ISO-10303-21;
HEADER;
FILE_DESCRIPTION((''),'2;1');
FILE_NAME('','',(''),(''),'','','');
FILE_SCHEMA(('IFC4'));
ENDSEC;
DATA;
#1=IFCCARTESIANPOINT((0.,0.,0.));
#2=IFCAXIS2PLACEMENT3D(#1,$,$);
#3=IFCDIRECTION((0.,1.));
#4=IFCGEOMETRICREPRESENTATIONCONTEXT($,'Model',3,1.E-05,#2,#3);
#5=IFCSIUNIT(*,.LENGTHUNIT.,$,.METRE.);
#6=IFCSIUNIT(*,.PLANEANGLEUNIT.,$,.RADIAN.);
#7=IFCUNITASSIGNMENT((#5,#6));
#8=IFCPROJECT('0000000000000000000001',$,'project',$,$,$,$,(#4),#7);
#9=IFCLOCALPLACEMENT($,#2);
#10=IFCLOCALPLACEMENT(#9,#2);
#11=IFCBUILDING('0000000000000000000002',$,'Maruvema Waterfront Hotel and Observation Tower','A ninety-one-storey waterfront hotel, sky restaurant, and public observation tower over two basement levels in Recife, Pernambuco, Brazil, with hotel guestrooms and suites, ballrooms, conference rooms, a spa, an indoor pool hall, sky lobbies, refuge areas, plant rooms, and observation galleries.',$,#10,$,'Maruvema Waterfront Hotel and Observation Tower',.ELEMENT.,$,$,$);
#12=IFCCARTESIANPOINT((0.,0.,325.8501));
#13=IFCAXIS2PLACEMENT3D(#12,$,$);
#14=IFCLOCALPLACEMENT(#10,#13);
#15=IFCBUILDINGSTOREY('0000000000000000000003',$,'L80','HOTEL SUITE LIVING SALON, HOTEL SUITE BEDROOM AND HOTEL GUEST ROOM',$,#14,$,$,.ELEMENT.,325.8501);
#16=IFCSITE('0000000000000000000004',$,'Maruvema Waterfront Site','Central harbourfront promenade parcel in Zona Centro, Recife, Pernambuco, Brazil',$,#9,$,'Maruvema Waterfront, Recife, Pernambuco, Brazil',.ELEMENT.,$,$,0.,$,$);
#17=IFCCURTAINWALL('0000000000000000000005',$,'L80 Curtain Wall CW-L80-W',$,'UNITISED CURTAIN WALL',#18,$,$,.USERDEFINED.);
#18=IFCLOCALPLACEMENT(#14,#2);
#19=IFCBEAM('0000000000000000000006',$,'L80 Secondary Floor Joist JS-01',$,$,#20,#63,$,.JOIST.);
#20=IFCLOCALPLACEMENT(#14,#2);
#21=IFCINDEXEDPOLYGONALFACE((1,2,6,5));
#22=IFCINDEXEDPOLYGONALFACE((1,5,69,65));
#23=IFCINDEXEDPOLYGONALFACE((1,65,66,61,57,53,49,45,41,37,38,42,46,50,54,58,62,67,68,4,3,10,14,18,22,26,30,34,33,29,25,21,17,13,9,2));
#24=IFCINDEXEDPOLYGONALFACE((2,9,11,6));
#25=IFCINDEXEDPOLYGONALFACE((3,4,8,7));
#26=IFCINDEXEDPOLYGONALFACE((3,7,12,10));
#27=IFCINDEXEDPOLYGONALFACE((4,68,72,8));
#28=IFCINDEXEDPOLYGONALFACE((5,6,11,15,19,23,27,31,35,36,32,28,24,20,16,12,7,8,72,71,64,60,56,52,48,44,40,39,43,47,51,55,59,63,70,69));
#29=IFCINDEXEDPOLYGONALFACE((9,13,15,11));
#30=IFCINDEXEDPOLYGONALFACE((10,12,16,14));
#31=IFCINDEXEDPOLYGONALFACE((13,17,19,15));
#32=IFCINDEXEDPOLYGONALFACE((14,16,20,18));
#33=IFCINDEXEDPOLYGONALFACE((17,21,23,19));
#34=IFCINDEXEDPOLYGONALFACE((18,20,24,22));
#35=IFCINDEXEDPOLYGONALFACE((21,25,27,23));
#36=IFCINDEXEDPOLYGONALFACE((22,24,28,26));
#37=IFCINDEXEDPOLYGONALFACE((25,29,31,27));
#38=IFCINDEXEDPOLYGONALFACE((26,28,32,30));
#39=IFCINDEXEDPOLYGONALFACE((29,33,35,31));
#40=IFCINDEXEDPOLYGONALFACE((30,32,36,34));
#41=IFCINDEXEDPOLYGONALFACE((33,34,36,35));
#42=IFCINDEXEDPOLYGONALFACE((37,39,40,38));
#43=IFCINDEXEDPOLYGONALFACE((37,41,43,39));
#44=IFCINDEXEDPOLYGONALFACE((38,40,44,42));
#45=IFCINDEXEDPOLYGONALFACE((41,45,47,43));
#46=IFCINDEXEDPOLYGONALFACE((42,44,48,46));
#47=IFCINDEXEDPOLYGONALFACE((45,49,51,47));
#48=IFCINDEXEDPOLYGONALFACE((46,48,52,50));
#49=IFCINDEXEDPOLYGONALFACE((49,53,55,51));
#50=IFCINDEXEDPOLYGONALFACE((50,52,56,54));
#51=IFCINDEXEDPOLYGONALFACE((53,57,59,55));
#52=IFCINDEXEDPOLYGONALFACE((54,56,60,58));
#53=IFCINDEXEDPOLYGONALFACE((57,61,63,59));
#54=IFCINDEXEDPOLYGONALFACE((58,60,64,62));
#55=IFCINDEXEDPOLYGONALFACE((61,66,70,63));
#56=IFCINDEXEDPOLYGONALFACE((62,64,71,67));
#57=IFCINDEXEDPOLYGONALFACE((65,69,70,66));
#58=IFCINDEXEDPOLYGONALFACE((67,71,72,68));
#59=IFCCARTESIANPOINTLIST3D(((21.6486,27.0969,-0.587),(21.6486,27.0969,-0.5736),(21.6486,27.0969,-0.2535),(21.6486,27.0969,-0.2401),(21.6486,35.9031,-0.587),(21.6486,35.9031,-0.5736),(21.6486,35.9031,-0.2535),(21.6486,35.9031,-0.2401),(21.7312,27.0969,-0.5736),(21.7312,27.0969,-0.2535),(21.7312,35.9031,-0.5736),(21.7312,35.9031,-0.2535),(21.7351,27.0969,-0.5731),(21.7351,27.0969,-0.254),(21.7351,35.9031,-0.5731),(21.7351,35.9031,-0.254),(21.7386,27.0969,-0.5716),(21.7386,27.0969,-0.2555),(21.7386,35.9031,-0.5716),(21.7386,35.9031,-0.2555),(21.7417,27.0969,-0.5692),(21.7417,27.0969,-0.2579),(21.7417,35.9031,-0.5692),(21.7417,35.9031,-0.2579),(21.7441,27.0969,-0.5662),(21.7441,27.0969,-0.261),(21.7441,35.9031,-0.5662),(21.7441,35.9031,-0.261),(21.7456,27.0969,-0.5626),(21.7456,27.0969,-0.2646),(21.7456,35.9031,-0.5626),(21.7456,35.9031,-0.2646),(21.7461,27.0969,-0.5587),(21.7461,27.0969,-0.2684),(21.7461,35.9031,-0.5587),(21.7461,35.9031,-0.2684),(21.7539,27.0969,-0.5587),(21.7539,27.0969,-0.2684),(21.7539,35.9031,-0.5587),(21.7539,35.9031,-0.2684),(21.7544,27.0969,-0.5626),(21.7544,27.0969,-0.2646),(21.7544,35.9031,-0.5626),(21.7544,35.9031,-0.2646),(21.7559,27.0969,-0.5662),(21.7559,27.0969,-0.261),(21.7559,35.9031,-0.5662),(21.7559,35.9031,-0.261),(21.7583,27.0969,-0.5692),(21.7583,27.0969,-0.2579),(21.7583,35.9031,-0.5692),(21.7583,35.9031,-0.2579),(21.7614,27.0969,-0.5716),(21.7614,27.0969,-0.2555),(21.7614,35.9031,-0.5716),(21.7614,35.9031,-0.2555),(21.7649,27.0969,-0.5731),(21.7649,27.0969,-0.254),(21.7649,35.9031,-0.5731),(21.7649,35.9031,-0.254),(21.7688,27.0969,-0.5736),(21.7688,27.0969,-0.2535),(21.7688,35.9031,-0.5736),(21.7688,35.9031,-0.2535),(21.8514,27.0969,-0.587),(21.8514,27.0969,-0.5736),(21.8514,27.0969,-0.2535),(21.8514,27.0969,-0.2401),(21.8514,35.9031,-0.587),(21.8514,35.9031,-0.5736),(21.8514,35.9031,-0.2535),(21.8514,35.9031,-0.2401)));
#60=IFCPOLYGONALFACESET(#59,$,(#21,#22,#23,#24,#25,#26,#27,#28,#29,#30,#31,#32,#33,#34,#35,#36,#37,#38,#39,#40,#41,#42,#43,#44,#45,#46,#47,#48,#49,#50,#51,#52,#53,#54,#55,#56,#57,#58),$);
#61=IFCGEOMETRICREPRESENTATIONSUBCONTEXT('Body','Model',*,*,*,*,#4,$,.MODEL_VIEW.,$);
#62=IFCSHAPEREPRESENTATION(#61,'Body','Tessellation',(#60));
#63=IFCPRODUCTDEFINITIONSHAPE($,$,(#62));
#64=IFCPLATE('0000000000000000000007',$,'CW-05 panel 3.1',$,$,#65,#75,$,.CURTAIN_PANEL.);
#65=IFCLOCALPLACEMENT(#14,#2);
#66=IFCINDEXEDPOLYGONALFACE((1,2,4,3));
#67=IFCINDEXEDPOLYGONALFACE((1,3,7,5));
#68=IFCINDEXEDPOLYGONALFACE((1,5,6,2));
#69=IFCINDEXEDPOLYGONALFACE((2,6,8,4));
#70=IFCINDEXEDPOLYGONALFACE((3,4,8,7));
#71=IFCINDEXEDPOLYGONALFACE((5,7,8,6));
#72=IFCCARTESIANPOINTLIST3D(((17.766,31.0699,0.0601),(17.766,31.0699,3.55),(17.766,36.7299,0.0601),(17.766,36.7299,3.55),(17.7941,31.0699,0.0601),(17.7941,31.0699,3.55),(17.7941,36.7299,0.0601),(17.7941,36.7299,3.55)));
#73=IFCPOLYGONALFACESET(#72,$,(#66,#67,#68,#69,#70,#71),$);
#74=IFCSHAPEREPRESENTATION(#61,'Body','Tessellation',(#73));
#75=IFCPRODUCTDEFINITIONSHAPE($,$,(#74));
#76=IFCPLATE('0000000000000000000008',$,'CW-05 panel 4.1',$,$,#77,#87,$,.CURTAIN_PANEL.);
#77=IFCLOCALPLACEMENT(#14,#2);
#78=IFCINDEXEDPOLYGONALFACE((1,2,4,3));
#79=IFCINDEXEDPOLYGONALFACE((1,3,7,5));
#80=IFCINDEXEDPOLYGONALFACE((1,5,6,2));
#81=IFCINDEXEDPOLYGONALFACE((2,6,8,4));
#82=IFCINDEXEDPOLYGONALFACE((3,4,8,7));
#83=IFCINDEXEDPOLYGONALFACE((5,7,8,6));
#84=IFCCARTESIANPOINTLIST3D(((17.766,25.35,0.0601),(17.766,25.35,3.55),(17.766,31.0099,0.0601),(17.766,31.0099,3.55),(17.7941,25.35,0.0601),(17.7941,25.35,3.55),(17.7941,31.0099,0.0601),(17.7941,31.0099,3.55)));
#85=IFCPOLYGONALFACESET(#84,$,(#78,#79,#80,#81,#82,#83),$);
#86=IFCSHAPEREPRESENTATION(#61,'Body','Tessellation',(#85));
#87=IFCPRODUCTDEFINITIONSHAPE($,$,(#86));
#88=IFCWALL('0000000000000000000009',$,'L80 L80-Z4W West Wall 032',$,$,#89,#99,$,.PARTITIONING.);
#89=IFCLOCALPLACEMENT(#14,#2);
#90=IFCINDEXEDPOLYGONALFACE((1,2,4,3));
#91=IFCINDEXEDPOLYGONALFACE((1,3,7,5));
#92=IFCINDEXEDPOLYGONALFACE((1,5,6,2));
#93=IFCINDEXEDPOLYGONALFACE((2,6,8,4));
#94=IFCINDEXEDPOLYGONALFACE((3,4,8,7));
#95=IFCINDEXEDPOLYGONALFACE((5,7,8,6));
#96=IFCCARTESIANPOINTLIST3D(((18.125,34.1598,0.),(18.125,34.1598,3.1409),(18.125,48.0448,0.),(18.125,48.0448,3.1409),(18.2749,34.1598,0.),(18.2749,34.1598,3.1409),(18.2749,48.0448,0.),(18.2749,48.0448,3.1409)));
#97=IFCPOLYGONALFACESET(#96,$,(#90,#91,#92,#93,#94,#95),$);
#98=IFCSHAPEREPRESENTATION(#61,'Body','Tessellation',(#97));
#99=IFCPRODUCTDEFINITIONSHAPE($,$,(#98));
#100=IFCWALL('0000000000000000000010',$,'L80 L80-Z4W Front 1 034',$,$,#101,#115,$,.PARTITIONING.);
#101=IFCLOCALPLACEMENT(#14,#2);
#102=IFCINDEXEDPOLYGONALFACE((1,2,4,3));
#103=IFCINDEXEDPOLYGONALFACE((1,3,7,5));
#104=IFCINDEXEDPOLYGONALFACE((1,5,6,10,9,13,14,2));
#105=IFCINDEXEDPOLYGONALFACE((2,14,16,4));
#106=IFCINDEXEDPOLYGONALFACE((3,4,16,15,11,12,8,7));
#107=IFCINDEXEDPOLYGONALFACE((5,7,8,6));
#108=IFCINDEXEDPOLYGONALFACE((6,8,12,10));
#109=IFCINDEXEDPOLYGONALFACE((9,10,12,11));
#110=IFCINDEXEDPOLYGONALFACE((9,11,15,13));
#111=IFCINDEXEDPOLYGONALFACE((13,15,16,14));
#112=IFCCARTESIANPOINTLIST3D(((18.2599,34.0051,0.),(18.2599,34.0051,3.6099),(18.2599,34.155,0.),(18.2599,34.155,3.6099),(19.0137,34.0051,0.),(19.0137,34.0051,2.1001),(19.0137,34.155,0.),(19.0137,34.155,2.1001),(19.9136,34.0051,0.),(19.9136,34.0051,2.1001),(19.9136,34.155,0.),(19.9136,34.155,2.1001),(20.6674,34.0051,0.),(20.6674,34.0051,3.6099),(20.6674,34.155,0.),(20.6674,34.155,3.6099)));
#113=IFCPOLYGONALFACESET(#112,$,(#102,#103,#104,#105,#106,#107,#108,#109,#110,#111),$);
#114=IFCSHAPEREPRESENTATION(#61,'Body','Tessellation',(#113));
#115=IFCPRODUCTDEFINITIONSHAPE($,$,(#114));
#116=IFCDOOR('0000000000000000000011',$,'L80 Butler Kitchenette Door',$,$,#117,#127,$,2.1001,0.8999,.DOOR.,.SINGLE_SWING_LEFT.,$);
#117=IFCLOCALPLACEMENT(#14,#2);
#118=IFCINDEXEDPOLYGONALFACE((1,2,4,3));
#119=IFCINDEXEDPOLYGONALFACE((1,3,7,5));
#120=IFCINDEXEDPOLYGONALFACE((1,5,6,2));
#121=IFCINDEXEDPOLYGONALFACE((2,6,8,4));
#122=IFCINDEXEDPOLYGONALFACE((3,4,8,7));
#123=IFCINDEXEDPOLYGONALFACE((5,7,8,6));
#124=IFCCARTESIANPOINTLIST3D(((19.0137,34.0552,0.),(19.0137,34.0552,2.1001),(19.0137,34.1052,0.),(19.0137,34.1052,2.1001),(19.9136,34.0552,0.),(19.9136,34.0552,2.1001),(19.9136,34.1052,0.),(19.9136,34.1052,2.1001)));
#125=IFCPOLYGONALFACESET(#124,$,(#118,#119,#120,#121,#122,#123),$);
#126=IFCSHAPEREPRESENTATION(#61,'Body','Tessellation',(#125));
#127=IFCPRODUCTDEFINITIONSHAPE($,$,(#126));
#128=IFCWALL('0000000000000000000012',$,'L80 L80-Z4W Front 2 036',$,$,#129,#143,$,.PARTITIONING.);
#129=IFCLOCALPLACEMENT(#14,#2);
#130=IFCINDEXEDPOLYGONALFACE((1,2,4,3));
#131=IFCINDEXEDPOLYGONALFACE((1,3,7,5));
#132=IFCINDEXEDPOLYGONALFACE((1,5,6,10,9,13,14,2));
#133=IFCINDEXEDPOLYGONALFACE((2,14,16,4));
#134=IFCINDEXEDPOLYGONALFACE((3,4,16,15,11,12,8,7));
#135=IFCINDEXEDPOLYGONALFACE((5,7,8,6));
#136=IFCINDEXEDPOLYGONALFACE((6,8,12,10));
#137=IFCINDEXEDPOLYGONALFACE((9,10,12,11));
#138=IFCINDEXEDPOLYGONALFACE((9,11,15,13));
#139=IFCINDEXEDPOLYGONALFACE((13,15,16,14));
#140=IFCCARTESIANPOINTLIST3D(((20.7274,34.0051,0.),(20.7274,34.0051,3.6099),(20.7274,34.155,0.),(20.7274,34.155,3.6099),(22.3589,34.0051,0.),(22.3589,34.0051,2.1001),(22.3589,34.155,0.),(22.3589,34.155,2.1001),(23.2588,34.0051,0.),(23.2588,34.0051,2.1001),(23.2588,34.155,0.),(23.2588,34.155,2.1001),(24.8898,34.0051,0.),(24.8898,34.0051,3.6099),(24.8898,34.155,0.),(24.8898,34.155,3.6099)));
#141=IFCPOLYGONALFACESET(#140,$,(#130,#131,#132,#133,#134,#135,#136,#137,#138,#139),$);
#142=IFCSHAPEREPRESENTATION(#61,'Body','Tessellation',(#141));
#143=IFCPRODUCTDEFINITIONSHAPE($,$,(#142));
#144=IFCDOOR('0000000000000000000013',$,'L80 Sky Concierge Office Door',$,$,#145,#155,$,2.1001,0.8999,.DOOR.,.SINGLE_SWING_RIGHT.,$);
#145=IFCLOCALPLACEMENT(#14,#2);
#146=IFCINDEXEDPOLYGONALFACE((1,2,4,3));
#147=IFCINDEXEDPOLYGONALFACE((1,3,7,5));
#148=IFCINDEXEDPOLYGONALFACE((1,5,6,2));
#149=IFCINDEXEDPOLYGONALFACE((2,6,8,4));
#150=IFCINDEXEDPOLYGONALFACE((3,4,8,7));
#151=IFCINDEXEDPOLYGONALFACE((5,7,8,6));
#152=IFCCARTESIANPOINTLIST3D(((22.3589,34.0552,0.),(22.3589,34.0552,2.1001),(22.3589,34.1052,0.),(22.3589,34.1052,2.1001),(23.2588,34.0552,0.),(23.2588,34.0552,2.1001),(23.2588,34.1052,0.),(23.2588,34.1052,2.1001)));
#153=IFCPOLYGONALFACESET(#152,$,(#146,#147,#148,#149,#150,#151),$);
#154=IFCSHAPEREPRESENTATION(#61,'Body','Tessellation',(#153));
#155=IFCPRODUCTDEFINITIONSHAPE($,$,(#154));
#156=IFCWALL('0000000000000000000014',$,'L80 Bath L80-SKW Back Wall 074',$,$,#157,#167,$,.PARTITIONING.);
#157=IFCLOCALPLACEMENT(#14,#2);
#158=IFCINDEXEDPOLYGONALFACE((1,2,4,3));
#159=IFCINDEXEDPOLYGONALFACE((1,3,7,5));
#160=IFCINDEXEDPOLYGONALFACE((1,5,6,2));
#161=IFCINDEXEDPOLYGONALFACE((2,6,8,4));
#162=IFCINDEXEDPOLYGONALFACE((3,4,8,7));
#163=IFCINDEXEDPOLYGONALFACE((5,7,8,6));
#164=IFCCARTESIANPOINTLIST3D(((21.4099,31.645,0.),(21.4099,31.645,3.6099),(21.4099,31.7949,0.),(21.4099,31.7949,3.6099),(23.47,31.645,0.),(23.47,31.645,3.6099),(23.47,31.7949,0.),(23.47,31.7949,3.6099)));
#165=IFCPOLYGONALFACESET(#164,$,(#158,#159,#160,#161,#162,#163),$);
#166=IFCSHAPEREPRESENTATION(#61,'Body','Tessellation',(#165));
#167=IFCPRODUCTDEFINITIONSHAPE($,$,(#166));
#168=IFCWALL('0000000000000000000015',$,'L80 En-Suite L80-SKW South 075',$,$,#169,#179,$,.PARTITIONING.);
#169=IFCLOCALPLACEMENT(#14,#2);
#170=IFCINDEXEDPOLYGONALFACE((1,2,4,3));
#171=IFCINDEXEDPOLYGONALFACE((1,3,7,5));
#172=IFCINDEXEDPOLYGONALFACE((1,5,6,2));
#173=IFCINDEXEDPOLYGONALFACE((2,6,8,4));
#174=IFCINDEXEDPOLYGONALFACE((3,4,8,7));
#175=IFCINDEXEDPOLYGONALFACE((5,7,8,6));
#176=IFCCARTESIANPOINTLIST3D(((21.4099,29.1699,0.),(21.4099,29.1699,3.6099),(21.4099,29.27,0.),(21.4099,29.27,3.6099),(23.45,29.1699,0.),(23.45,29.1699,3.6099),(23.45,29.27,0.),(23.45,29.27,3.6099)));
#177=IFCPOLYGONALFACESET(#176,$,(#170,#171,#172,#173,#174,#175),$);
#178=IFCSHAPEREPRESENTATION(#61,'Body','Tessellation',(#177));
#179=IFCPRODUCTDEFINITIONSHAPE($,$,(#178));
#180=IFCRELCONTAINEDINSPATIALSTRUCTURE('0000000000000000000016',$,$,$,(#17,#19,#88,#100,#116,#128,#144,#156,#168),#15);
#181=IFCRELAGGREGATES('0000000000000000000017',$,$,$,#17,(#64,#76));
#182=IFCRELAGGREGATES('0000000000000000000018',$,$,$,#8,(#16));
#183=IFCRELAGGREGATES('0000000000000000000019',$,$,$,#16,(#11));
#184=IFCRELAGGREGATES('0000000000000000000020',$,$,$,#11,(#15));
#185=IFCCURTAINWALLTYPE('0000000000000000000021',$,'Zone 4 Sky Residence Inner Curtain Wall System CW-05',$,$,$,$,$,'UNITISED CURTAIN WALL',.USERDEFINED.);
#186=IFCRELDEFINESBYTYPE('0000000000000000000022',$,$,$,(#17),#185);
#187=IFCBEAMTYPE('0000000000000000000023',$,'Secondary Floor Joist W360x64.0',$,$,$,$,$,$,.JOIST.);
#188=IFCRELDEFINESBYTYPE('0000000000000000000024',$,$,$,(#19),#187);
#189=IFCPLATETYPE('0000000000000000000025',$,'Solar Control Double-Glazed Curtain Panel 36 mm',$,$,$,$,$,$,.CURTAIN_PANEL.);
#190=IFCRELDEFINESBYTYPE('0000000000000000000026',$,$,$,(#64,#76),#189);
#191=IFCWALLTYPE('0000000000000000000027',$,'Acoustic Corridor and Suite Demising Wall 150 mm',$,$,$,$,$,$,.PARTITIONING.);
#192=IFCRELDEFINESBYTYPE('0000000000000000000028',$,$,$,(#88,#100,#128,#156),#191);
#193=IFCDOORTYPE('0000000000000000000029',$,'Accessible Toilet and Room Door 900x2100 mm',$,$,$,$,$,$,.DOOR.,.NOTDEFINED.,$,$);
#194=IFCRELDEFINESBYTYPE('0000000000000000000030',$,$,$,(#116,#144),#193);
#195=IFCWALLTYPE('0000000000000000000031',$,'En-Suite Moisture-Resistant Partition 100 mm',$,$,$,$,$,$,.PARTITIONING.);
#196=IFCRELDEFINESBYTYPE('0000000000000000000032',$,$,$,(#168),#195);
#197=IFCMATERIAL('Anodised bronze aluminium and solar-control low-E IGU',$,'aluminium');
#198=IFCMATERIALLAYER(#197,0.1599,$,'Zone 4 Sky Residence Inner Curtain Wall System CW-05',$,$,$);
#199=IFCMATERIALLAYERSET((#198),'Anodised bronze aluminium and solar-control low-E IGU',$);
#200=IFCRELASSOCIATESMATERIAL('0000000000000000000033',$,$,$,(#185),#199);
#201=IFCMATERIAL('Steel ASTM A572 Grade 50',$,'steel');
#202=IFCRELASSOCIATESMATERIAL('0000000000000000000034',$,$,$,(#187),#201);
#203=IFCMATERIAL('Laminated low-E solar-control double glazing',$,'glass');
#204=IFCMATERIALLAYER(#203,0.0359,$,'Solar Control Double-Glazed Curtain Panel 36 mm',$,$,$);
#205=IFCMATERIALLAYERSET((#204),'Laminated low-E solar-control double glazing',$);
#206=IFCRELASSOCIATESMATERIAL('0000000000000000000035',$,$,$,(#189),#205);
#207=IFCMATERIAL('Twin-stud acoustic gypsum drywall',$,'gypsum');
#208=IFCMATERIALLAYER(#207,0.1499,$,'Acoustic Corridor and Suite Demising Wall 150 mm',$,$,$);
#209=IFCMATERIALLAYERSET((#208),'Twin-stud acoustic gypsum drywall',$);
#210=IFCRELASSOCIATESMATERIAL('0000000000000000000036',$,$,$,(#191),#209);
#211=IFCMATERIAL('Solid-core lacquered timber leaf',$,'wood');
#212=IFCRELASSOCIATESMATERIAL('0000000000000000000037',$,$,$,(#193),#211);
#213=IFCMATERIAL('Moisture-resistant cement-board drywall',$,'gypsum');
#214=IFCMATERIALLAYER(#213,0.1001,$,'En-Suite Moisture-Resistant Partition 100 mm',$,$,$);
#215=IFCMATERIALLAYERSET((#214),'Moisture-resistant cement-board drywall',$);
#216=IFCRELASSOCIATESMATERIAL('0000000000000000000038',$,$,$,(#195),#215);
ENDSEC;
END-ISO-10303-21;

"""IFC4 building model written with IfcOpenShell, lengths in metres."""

from ifc_helpers import new_model, si_unit, direction, frame, frame_2d, origin, origin_2d, place, context, subcontext, project, spatial, rectangle, i_section, extrude, material, layer, layer_set, material_profile, profile_set, type_object, element, fill, aggregate, save


model = new_model("IFC4")

# Units and contexts
model_context = context("Model", 3, precision=1e-05, world=origin(), true_north=direction((0.0, 1.0)))
body_context = subcontext(model_context, "Body", "Model", "MODEL_VIEW")
ifc_project = project(units=[si_unit("LENGTHUNIT", "METRE"), si_unit("PLANEANGLEUNIT", "RADIAN")], contexts=[model_context])

# Site, building, storey
site_placement = place(None, origin())
site = spatial("IfcSite", under=ifc_project, at=site_placement, Name="Maruvema Waterfront Site", Description="Central harbourfront promenade parcel in Zona Centro, Recife, Pernambuco, Brazil", LongName="Maruvema Waterfront, Recife, Pernambuco, Brazil", CompositionType="ELEMENT", RefElevation=0.0)
building_placement = place(site_placement, origin())
building = spatial("IfcBuilding", under=site, at=building_placement, Name="Maruvema Waterfront Hotel and Observation Tower", Description="A ninety-one-storey waterfront hotel, sky restaurant, and public observation tower over two basement levels in Recife, Pernambuco, Brazil, with hotel guestrooms and suites, ballrooms, conference rooms, a spa, an indoor pool hall, sky lobbies, refuge areas, plant rooms, and observation galleries.", LongName="Maruvema Waterfront Hotel and Observation Tower", CompositionType="ELEMENT")
storey_placement = place(building_placement, frame((0.0, 0.0, 325.8501)))
storey = spatial("IfcBuildingStorey", under=building, at=storey_placement, Name="L80", Description="HOTEL SUITE LIVING SALON, HOTEL SUITE BEDROOM AND HOTEL GUEST ROOM", CompositionType="ELEMENT", Elevation=325.8501)

# Curtain wall
ifc_material_1 = material(Name="Anodised bronze aluminium and solar-control low-E IGU", Category="aluminium")
ifc_layer_1 = layer(ifc_material_1, 0.1599, Name="Zone 4 Sky Residence Inner Curtain Wall System CW-05")
ifc_layer_set_1 = layer_set([ifc_layer_1], Name="Anodised bronze aluminium and solar-control low-E IGU")
curtain_wall_type = type_object("IfcCurtainWallType", Name="Zone 4 Sky Residence Inner Curtain Wall System CW-05", ElementType="UNITISED CURTAIN WALL", PredefinedType="USERDEFINED", material=ifc_layer_set_1)
curtain_wall_placement = place(storey_placement, origin())
curtain_wall = element("IfcCurtainWall", 1, at=curtain_wall_placement, inside=storey, type_object=curtain_wall_type, Name="L80 Curtain Wall CW-L80-W", ObjectType="UNITISED CURTAIN WALL", PredefinedType="USERDEFINED")

# Beam
ifc_material_2 = material(Name="Steel ASTM A572 Grade 50", Category="steel")
ifc_material_profile_1 = material_profile(ifc_material_2, i_section(OverallWidth=0.2029, OverallDepth=0.3469, WebThickness=0.0078, FlangeThickness=0.0134, FilletRadius=0.0149, at=origin_2d()), Name="W360x64.0")
ifc_profile_set_1 = profile_set([ifc_material_profile_1], Name="Steel ASTM A572 Grade 50")
beam_type_1 = type_object("IfcBeamType", Name="Secondary Floor Joist W360x64.0", PredefinedType="JOIST", material=ifc_profile_set_1)
beam_1_placement = place(storey_placement, frame((21.75, 27.0969, -0.4136), z_axis=(0.0, 1.0, 0.0), x_axis=(-1.0, 0.0, 0.0)))
element("IfcBeam", 2, at=beam_1_placement, inside=storey, type_object=beam_type_1, Name="L80 Secondary Floor Joist JS-01", PredefinedType="JOIST", context=body_context, shape_type="SweptSolid", body=[
    extrude(i_section(OverallWidth=0.2029, OverallDepth=0.3469, WebThickness=0.0078, FlangeThickness=0.0134, FilletRadius=0.0149, at=origin_2d()), origin(), (0.0, 0.0, 1.0), 8.8062),
])

# Plates
ifc_material_3 = material(Name="Laminated low-E solar-control double glazing", Category="glass")
ifc_layer_2 = layer(ifc_material_3, 0.0359, Name="Solar Control Double-Glazed Curtain Panel 36 mm")
ifc_layer_set_2 = layer_set([ifc_layer_2], Name="Laminated low-E solar-control double glazing")
plate_type = type_object("IfcPlateType", Name="Solar Control Double-Glazed Curtain Panel 36 mm", PredefinedType="CURTAIN_PANEL", material=ifc_layer_set_2)
plate_1_placement = place(storey_placement, frame((17.78, 33.8999, 0.0601), z_axis=(0.0, 0.0, 1.0), x_axis=(0.0, -1.0, 0.0)))
plate_1 = element("IfcPlate", 3, at=plate_1_placement, type_object=plate_type, Name="CW-05 panel 3.1", PredefinedType="CURTAIN_PANEL", context=body_context, shape_type="SweptSolid", body=[
    extrude(rectangle(XDim=5.6599, YDim=0.0281, at=origin_2d()), origin(), (0.0, 0.0, 1.0), 3.49),
])
plate_2_placement = place(storey_placement, frame((17.78, 28.1799, 0.0601), z_axis=(0.0, 0.0, 1.0), x_axis=(0.0, -1.0, 0.0)))
plate_2 = element("IfcPlate", 4, at=plate_2_placement, type_object=plate_type, Name="CW-05 panel 4.1", PredefinedType="CURTAIN_PANEL", context=body_context, shape_type="SweptSolid", body=[
    extrude(rectangle(XDim=5.6599, YDim=0.0281, at=origin_2d()), origin(), (0.0, 0.0, 1.0), 3.49),
])
aggregate(curtain_wall, [plate_1, plate_2])

# Wall
ifc_material_4 = material(Name="Twin-stud acoustic gypsum drywall", Category="gypsum")
ifc_layer_3 = layer(ifc_material_4, 0.1499, Name="Acoustic Corridor and Suite Demising Wall 150 mm")
ifc_layer_set_3 = layer_set([ifc_layer_3], Name="Twin-stud acoustic gypsum drywall")
wall_type_1 = type_object("IfcWallType", Name="Acoustic Corridor and Suite Demising Wall 150 mm", PredefinedType="PARTITIONING", material=ifc_layer_set_3)
wall_1_placement = place(storey_placement, frame((18.2, 34.1599, 0.0), z_axis=(0.0, 0.0, 1.0), x_axis=(0.0, 1.0, 0.0)))
element("IfcWall", 5, at=wall_1_placement, inside=storey, type_object=wall_type_1, Name="L80 L80-Z4W West Wall 032", PredefinedType="PARTITIONING", context=body_context, shape_type="SweptSolid", body=[
    extrude(rectangle(XDim=13.885, YDim=0.1499, at=frame_2d((6.9424, 0.0))), origin(), (0.0, 0.0, 1.0), 3.1409),
])

# Walls, openings, doors
wall_2_placement = place(storey_placement, frame((18.26, 34.0801, 0.0), z_axis=(0.0, 0.0, 1.0), x_axis=(1.0, 0.0, 0.0)))
wall_2 = element("IfcWall", 6, at=wall_2_placement, inside=storey, type_object=wall_type_1, Name="L80 L80-Z4W Front 1 034", PredefinedType="PARTITIONING", context=body_context, shape_type="SweptSolid", body=[
    extrude(rectangle(XDim=2.4075, YDim=0.1499, at=frame_2d((1.2036, 0.0))), origin(), (0.0, 0.0, 1.0), 3.6099),
])
opening_1_placement = place(wall_2_placement, frame((0.7537, 0.0, 0.0)))
opening_1 = element("IfcOpeningElement", 7, at=opening_1_placement, cuts=wall_2, PredefinedType="OPENING", context=body_context, shape_type="SweptSolid", body=[
    extrude(rectangle(XDim=0.8999, YDim=2.1001, at=frame_2d((0.45, 1.05))), frame((0.0, 0.085, 0.0), z_axis=(0.0, -1.0, 0.0), x_axis=(1.0, 0.0, 0.0)), (0.0, 0.0, 1.0), 0.1699),
])
ifc_material_5 = material(Name="Solid-core lacquered timber leaf", Category="wood")
door_type_1 = type_object("IfcDoorType", Name="Accessible Toilet and Room Door 900x2100 mm", OperationType="NOTDEFINED", PredefinedType="DOOR", material=ifc_material_5)
door_1_placement = place(opening_1_placement, frame((0.8999, 0.0, 0.0), z_axis=(0.0, 0.0, 1.0), x_axis=(-1.0, 0.0, 0.0)))
door_1 = element("IfcDoor", 8, at=door_1_placement, inside=storey, type_object=door_type_1, Name="L80 Butler Kitchenette Door", OperationType="SINGLE_SWING_LEFT", OverallHeight=2.1001, OverallWidth=0.8999, PredefinedType="DOOR", context=body_context, shape_type="SweptSolid", body=[
    extrude(rectangle(XDim=0.8999, YDim=2.1001, at=frame_2d((0.45, 1.05))), frame((0.0, 0.0249, 0.0), z_axis=(0.0, -1.0, 0.0), x_axis=(1.0, 0.0, 0.0)), (0.0, 0.0, 1.0), 0.05),
])
fill(opening_1, door_1)
wall_3_placement = place(storey_placement, frame((20.7275, 34.0801, 0.0), z_axis=(0.0, 0.0, 1.0), x_axis=(1.0, 0.0, 0.0)))
wall_3 = element("IfcWall", 9, at=wall_3_placement, inside=storey, type_object=wall_type_1, Name="L80 L80-Z4W Front 2 036", PredefinedType="PARTITIONING", context=body_context, shape_type="SweptSolid", body=[
    extrude(rectangle(XDim=4.1624, YDim=0.1499, at=frame_2d((2.0811, 0.0))), origin(), (0.0, 0.0, 1.0), 3.6099),
])
opening_2_placement = place(wall_3_placement, frame((1.6313, 0.0, 0.0)))
opening_2 = element("IfcOpeningElement", 10, at=opening_2_placement, cuts=wall_3, PredefinedType="OPENING", context=body_context, shape_type="SweptSolid", body=[
    extrude(rectangle(XDim=0.8999, YDim=2.1001, at=frame_2d((0.45, 1.05))), frame((0.0, 0.085, 0.0), z_axis=(0.0, -1.0, 0.0), x_axis=(1.0, 0.0, 0.0)), (0.0, 0.0, 1.0), 0.1699),
])
door_2_placement = place(opening_2_placement, frame((0.8999, 0.0, 0.0), z_axis=(0.0, 0.0, 1.0), x_axis=(-1.0, 0.0, 0.0)))
door_2 = element("IfcDoor", 11, at=door_2_placement, inside=storey, type_object=door_type_1, Name="L80 Sky Concierge Office Door", OperationType="SINGLE_SWING_RIGHT", OverallHeight=2.1001, OverallWidth=0.8999, PredefinedType="DOOR", context=body_context, shape_type="SweptSolid", body=[
    extrude(rectangle(XDim=0.8999, YDim=2.1001, at=frame_2d((0.45, 1.05))), frame((0.0, 0.0249, 0.0), z_axis=(0.0, -1.0, 0.0), x_axis=(1.0, 0.0, 0.0)), (0.0, 0.0, 1.0), 0.05),
])
fill(opening_2, door_2)

# Wall
wall_4_placement = place(storey_placement, frame((21.4099, 31.72, 0.0), z_axis=(0.0, 0.0, 1.0), x_axis=(1.0, 0.0, 0.0)))
element("IfcWall", 12, at=wall_4_placement, inside=storey, type_object=wall_type_1, Name="L80 Bath L80-SKW Back Wall 074", PredefinedType="PARTITIONING", context=body_context, shape_type="SweptSolid", body=[
    extrude(rectangle(XDim=2.0601, YDim=0.1499, at=frame_2d((1.03, 0.0))), origin(), (0.0, 0.0, 1.0), 3.6099),
])

# Wall
ifc_material_6 = material(Name="Moisture-resistant cement-board drywall", Category="gypsum")
ifc_layer_4 = layer(ifc_material_6, 0.1001, Name="En-Suite Moisture-Resistant Partition 100 mm")
ifc_layer_set_4 = layer_set([ifc_layer_4], Name="Moisture-resistant cement-board drywall")
wall_type_2 = type_object("IfcWallType", Name="En-Suite Moisture-Resistant Partition 100 mm", PredefinedType="PARTITIONING", material=ifc_layer_set_4)
wall_5_placement = place(storey_placement, frame((21.4099, 29.22, 0.0), z_axis=(0.0, 0.0, 1.0), x_axis=(1.0, 0.0, 0.0)))
element("IfcWall", 13, at=wall_5_placement, inside=storey, type_object=wall_type_2, Name="L80 En-Suite L80-SKW South 075", PredefinedType="PARTITIONING", context=body_context, shape_type="SweptSolid", body=[
    extrude(rectangle(XDim=2.04, YDim=0.1001, at=frame_2d((1.02, 0.0))), origin(), (0.0, 0.0, 1.0), 3.6099),
])

save(model, "model.ifc")
